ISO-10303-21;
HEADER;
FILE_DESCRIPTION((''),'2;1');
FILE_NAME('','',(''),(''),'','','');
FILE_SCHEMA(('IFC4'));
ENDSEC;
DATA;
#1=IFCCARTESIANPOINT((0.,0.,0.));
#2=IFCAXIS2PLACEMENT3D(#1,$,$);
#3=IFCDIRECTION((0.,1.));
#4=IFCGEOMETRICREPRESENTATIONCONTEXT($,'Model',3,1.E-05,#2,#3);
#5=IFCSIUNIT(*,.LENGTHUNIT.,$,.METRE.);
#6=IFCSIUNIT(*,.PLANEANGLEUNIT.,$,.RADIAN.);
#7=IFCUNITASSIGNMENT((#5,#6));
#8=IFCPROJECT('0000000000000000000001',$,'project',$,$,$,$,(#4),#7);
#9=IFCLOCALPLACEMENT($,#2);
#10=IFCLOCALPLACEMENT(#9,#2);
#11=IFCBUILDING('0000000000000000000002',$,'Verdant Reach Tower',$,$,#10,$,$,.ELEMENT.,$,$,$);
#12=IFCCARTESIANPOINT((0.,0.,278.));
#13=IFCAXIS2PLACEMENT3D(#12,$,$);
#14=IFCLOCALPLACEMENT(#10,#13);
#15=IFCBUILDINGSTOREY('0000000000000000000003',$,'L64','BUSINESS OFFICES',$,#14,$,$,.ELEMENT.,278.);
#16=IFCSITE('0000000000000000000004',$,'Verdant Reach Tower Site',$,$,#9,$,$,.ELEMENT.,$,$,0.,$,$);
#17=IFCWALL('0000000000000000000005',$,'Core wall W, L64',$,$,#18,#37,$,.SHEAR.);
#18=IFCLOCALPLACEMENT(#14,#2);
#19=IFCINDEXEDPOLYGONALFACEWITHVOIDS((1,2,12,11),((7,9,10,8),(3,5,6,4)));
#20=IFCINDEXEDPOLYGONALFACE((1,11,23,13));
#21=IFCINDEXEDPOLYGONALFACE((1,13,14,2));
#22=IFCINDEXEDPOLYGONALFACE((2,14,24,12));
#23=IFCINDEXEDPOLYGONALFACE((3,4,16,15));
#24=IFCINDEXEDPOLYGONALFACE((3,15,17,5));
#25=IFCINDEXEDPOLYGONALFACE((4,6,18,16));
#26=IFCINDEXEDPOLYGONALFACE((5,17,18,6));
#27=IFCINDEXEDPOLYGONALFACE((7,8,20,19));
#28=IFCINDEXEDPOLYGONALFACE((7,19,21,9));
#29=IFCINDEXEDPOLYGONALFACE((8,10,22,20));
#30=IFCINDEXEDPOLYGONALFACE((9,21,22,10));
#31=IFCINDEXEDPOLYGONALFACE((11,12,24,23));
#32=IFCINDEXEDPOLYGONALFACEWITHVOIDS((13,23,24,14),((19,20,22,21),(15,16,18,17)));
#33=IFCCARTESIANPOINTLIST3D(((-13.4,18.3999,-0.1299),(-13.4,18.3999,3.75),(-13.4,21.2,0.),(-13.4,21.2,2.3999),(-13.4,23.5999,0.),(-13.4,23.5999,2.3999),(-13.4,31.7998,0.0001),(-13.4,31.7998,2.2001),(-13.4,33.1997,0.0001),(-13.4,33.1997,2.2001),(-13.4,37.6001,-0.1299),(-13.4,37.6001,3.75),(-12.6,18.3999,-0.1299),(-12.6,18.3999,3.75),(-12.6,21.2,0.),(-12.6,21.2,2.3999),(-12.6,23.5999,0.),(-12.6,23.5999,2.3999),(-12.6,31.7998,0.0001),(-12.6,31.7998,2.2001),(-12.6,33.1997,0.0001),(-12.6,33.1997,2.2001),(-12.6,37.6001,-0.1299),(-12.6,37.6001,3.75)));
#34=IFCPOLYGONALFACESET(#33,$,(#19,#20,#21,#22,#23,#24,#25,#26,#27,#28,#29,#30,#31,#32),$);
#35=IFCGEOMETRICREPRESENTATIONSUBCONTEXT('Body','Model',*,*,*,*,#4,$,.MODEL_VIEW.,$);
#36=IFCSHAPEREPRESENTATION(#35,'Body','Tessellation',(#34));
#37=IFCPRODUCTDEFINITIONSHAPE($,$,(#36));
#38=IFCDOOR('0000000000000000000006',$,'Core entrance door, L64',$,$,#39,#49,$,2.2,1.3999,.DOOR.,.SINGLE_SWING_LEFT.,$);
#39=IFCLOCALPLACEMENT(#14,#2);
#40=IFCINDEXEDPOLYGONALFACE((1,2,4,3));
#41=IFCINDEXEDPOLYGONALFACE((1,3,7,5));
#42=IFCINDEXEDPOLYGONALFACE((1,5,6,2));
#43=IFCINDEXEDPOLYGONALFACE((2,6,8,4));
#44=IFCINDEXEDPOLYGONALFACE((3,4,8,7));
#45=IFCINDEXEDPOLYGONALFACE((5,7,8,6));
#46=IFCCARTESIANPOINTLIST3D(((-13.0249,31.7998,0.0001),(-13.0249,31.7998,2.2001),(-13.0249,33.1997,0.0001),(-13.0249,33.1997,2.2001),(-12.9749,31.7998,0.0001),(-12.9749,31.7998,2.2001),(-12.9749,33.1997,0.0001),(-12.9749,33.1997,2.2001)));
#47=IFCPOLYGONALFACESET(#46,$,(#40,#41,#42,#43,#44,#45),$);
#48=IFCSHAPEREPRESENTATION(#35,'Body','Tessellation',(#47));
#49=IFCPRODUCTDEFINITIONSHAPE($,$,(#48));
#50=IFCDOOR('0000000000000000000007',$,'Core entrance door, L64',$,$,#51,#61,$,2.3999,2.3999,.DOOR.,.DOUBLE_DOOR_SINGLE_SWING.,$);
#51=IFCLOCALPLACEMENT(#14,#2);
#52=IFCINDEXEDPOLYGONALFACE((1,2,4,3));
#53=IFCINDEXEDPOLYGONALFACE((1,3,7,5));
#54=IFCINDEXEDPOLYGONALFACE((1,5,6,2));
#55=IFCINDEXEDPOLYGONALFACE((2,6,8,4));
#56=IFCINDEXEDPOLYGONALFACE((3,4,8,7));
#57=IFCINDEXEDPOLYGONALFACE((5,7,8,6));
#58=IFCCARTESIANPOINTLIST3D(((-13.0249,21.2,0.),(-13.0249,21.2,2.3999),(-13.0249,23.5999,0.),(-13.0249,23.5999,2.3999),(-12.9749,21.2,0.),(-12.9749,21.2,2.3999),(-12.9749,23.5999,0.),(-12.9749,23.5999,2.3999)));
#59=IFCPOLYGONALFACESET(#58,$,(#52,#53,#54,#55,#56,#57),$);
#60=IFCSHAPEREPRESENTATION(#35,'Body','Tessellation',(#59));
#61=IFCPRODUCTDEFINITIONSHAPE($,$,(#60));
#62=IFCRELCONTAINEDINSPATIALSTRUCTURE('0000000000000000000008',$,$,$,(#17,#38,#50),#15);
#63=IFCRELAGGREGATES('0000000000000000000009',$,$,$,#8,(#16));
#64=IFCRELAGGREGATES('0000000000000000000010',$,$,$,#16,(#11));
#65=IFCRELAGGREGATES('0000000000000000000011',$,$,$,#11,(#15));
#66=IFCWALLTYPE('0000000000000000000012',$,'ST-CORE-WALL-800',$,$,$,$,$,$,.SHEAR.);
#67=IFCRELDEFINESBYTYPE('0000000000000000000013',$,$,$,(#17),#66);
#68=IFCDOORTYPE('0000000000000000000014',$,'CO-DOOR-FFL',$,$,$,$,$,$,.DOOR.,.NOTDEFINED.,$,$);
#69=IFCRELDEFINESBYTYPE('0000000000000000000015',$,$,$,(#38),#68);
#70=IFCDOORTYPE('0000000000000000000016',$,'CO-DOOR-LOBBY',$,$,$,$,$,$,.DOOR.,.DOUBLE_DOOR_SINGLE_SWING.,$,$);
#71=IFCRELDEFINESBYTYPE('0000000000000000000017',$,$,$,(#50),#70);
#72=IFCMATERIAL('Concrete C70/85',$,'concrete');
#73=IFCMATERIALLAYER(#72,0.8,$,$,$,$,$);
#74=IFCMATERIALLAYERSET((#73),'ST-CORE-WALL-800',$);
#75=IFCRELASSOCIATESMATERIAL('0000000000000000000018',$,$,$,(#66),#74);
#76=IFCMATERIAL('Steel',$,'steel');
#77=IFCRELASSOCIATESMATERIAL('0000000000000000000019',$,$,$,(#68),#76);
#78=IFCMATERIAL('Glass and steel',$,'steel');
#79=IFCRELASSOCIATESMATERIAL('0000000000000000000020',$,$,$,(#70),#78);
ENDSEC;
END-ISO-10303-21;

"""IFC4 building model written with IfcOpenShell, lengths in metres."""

from ifc_helpers import new_model, si_unit, direction, frame, frame_2d, origin, place, context, subcontext, project, spatial, rectangle, extrude, material, layer, layer_set, type_object, element, fill, save


model = new_model("IFC4")

# Units and contexts
model_context = context("Model", 3, precision=1e-05, world=origin(), true_north=direction((0.0, 1.0)))
body_context = subcontext(model_context, "Body", "Model", "MODEL_VIEW")
ifc_project = project(units=[si_unit("LENGTHUNIT", "METRE"), si_unit("PLANEANGLEUNIT", "RADIAN")], contexts=[model_context])

# Site, building, storey
site_placement = place(None, origin())
site = spatial("IfcSite", under=ifc_project, at=site_placement, Name="Verdant Reach Tower Site", CompositionType="ELEMENT", RefElevation=0.0)
building_placement = place(site_placement, origin())
building = spatial("IfcBuilding", under=site, at=building_placement, Name="Verdant Reach Tower", CompositionType="ELEMENT")
storey_placement = place(building_placement, frame((0.0, 0.0, 278.0)))
storey = spatial("IfcBuildingStorey", under=building, at=storey_placement, Name="L64", Description="BUSINESS OFFICES", CompositionType="ELEMENT", Elevation=278.0)

# Shared definitions
ifc_material_1 = material(Name="Concrete C70/85", Category="concrete")
ifc_layer_1 = layer(ifc_material_1, 0.8)
ifc_layer_set_1 = layer_set([ifc_layer_1], Name="ST-CORE-WALL-800")
wall_type_1 = type_object("IfcWallType", Name="ST-CORE-WALL-800", PredefinedType="SHEAR", material=ifc_layer_set_1)

# Wall, openings, doors
wall_1_placement = place(storey_placement, frame((-13.0, 18.3999, -0.1299), z_axis=(0.0, 0.0, 1.0), x_axis=(0.0, 1.0, 0.0)))
wall_1 = element("IfcWall", 1, at=wall_1_placement, inside=storey, type_object=wall_type_1, Name="Core wall W, L64", PredefinedType="SHEAR", context=body_context, shape_type="SweptSolid", body=[
    extrude(rectangle(XDim=19.2002, YDim=0.8, at=frame_2d((9.6001, 0.0))), origin(), (0.0, 0.0, 1.0), 3.8799),
])
opening_1_placement = place(wall_1_placement, frame((2.8, 0.0, 0.1299)))
opening_1 = element("IfcOpeningElement", 2, at=opening_1_placement, cuts=wall_1, PredefinedType="OPENING", context=body_context, shape_type="SweptSolid", body=[
    extrude(rectangle(XDim=2.3999, YDim=2.3999, at=frame_2d((1.2, 1.2))), frame((0.0, 0.4099, 0.0), z_axis=(0.0, -1.0, 0.0), x_axis=(1.0, 0.0, 0.0)), (0.0, 0.0, 1.0), 0.8201),
])
opening_2_placement = place(wall_1_placement, frame((13.3999, 0.0, 0.1299)))
opening_2 = element("IfcOpeningElement", 3, at=opening_2_placement, cuts=wall_1, PredefinedType="OPENING", context=body_context, shape_type="SweptSolid", body=[
    extrude(rectangle(XDim=1.3999, YDim=2.2, at=frame_2d((0.7, 1.1001))), frame((0.0, 0.4099, 0.0), z_axis=(0.0, -1.0, 0.0), x_axis=(1.0, 0.0, 0.0)), (0.0, 0.0, 1.0), 0.8201),
])
ifc_material_2 = material(Name="Steel", Category="steel")
door_type_1 = type_object("IfcDoorType", Name="CO-DOOR-FFL", OperationType="NOTDEFINED", PredefinedType="DOOR", material=ifc_material_2)
door_1_placement = place(opening_2_placement, origin())
door_1 = element("IfcDoor", 4, at=door_1_placement, inside=storey, type_object=door_type_1, Name="Core entrance door, L64", OperationType="SINGLE_SWING_LEFT", OverallHeight=2.2, OverallWidth=1.3999, PredefinedType="DOOR", context=body_context, shape_type="SweptSolid", body=[
    extrude(rectangle(XDim=1.3999, YDim=2.2, at=frame_2d((0.7, 1.1001))), frame((0.0, 0.0249, 0.0), z_axis=(0.0, -1.0, 0.0), x_axis=(1.0, 0.0, 0.0)), (0.0, 0.0, 1.0), 0.05),
])
fill(opening_2, door_1)
ifc_material_3 = material(Name="Glass and steel", Category="steel")
door_type_2 = type_object("IfcDoorType", Name="CO-DOOR-LOBBY", OperationType="DOUBLE_DOOR_SINGLE_SWING", PredefinedType="DOOR", material=ifc_material_3)
door_2_placement = place(opening_1_placement, origin())
door_2 = element("IfcDoor", 5, at=door_2_placement, inside=storey, type_object=door_type_2, Name="Core entrance door, L64", OperationType="DOUBLE_DOOR_SINGLE_SWING", OverallHeight=2.3999, OverallWidth=2.3999, PredefinedType="DOOR", context=body_context, shape_type="SweptSolid", body=[
    extrude(rectangle(XDim=2.3999, YDim=2.3999, at=frame_2d((1.2, 1.2))), frame((0.0, 0.0249, 0.0), z_axis=(0.0, -1.0, 0.0), x_axis=(1.0, 0.0, 0.0)), (0.0, 0.0, 1.0), 0.05),
])
fill(opening_1, door_2)

save(model, "model.ifc")
